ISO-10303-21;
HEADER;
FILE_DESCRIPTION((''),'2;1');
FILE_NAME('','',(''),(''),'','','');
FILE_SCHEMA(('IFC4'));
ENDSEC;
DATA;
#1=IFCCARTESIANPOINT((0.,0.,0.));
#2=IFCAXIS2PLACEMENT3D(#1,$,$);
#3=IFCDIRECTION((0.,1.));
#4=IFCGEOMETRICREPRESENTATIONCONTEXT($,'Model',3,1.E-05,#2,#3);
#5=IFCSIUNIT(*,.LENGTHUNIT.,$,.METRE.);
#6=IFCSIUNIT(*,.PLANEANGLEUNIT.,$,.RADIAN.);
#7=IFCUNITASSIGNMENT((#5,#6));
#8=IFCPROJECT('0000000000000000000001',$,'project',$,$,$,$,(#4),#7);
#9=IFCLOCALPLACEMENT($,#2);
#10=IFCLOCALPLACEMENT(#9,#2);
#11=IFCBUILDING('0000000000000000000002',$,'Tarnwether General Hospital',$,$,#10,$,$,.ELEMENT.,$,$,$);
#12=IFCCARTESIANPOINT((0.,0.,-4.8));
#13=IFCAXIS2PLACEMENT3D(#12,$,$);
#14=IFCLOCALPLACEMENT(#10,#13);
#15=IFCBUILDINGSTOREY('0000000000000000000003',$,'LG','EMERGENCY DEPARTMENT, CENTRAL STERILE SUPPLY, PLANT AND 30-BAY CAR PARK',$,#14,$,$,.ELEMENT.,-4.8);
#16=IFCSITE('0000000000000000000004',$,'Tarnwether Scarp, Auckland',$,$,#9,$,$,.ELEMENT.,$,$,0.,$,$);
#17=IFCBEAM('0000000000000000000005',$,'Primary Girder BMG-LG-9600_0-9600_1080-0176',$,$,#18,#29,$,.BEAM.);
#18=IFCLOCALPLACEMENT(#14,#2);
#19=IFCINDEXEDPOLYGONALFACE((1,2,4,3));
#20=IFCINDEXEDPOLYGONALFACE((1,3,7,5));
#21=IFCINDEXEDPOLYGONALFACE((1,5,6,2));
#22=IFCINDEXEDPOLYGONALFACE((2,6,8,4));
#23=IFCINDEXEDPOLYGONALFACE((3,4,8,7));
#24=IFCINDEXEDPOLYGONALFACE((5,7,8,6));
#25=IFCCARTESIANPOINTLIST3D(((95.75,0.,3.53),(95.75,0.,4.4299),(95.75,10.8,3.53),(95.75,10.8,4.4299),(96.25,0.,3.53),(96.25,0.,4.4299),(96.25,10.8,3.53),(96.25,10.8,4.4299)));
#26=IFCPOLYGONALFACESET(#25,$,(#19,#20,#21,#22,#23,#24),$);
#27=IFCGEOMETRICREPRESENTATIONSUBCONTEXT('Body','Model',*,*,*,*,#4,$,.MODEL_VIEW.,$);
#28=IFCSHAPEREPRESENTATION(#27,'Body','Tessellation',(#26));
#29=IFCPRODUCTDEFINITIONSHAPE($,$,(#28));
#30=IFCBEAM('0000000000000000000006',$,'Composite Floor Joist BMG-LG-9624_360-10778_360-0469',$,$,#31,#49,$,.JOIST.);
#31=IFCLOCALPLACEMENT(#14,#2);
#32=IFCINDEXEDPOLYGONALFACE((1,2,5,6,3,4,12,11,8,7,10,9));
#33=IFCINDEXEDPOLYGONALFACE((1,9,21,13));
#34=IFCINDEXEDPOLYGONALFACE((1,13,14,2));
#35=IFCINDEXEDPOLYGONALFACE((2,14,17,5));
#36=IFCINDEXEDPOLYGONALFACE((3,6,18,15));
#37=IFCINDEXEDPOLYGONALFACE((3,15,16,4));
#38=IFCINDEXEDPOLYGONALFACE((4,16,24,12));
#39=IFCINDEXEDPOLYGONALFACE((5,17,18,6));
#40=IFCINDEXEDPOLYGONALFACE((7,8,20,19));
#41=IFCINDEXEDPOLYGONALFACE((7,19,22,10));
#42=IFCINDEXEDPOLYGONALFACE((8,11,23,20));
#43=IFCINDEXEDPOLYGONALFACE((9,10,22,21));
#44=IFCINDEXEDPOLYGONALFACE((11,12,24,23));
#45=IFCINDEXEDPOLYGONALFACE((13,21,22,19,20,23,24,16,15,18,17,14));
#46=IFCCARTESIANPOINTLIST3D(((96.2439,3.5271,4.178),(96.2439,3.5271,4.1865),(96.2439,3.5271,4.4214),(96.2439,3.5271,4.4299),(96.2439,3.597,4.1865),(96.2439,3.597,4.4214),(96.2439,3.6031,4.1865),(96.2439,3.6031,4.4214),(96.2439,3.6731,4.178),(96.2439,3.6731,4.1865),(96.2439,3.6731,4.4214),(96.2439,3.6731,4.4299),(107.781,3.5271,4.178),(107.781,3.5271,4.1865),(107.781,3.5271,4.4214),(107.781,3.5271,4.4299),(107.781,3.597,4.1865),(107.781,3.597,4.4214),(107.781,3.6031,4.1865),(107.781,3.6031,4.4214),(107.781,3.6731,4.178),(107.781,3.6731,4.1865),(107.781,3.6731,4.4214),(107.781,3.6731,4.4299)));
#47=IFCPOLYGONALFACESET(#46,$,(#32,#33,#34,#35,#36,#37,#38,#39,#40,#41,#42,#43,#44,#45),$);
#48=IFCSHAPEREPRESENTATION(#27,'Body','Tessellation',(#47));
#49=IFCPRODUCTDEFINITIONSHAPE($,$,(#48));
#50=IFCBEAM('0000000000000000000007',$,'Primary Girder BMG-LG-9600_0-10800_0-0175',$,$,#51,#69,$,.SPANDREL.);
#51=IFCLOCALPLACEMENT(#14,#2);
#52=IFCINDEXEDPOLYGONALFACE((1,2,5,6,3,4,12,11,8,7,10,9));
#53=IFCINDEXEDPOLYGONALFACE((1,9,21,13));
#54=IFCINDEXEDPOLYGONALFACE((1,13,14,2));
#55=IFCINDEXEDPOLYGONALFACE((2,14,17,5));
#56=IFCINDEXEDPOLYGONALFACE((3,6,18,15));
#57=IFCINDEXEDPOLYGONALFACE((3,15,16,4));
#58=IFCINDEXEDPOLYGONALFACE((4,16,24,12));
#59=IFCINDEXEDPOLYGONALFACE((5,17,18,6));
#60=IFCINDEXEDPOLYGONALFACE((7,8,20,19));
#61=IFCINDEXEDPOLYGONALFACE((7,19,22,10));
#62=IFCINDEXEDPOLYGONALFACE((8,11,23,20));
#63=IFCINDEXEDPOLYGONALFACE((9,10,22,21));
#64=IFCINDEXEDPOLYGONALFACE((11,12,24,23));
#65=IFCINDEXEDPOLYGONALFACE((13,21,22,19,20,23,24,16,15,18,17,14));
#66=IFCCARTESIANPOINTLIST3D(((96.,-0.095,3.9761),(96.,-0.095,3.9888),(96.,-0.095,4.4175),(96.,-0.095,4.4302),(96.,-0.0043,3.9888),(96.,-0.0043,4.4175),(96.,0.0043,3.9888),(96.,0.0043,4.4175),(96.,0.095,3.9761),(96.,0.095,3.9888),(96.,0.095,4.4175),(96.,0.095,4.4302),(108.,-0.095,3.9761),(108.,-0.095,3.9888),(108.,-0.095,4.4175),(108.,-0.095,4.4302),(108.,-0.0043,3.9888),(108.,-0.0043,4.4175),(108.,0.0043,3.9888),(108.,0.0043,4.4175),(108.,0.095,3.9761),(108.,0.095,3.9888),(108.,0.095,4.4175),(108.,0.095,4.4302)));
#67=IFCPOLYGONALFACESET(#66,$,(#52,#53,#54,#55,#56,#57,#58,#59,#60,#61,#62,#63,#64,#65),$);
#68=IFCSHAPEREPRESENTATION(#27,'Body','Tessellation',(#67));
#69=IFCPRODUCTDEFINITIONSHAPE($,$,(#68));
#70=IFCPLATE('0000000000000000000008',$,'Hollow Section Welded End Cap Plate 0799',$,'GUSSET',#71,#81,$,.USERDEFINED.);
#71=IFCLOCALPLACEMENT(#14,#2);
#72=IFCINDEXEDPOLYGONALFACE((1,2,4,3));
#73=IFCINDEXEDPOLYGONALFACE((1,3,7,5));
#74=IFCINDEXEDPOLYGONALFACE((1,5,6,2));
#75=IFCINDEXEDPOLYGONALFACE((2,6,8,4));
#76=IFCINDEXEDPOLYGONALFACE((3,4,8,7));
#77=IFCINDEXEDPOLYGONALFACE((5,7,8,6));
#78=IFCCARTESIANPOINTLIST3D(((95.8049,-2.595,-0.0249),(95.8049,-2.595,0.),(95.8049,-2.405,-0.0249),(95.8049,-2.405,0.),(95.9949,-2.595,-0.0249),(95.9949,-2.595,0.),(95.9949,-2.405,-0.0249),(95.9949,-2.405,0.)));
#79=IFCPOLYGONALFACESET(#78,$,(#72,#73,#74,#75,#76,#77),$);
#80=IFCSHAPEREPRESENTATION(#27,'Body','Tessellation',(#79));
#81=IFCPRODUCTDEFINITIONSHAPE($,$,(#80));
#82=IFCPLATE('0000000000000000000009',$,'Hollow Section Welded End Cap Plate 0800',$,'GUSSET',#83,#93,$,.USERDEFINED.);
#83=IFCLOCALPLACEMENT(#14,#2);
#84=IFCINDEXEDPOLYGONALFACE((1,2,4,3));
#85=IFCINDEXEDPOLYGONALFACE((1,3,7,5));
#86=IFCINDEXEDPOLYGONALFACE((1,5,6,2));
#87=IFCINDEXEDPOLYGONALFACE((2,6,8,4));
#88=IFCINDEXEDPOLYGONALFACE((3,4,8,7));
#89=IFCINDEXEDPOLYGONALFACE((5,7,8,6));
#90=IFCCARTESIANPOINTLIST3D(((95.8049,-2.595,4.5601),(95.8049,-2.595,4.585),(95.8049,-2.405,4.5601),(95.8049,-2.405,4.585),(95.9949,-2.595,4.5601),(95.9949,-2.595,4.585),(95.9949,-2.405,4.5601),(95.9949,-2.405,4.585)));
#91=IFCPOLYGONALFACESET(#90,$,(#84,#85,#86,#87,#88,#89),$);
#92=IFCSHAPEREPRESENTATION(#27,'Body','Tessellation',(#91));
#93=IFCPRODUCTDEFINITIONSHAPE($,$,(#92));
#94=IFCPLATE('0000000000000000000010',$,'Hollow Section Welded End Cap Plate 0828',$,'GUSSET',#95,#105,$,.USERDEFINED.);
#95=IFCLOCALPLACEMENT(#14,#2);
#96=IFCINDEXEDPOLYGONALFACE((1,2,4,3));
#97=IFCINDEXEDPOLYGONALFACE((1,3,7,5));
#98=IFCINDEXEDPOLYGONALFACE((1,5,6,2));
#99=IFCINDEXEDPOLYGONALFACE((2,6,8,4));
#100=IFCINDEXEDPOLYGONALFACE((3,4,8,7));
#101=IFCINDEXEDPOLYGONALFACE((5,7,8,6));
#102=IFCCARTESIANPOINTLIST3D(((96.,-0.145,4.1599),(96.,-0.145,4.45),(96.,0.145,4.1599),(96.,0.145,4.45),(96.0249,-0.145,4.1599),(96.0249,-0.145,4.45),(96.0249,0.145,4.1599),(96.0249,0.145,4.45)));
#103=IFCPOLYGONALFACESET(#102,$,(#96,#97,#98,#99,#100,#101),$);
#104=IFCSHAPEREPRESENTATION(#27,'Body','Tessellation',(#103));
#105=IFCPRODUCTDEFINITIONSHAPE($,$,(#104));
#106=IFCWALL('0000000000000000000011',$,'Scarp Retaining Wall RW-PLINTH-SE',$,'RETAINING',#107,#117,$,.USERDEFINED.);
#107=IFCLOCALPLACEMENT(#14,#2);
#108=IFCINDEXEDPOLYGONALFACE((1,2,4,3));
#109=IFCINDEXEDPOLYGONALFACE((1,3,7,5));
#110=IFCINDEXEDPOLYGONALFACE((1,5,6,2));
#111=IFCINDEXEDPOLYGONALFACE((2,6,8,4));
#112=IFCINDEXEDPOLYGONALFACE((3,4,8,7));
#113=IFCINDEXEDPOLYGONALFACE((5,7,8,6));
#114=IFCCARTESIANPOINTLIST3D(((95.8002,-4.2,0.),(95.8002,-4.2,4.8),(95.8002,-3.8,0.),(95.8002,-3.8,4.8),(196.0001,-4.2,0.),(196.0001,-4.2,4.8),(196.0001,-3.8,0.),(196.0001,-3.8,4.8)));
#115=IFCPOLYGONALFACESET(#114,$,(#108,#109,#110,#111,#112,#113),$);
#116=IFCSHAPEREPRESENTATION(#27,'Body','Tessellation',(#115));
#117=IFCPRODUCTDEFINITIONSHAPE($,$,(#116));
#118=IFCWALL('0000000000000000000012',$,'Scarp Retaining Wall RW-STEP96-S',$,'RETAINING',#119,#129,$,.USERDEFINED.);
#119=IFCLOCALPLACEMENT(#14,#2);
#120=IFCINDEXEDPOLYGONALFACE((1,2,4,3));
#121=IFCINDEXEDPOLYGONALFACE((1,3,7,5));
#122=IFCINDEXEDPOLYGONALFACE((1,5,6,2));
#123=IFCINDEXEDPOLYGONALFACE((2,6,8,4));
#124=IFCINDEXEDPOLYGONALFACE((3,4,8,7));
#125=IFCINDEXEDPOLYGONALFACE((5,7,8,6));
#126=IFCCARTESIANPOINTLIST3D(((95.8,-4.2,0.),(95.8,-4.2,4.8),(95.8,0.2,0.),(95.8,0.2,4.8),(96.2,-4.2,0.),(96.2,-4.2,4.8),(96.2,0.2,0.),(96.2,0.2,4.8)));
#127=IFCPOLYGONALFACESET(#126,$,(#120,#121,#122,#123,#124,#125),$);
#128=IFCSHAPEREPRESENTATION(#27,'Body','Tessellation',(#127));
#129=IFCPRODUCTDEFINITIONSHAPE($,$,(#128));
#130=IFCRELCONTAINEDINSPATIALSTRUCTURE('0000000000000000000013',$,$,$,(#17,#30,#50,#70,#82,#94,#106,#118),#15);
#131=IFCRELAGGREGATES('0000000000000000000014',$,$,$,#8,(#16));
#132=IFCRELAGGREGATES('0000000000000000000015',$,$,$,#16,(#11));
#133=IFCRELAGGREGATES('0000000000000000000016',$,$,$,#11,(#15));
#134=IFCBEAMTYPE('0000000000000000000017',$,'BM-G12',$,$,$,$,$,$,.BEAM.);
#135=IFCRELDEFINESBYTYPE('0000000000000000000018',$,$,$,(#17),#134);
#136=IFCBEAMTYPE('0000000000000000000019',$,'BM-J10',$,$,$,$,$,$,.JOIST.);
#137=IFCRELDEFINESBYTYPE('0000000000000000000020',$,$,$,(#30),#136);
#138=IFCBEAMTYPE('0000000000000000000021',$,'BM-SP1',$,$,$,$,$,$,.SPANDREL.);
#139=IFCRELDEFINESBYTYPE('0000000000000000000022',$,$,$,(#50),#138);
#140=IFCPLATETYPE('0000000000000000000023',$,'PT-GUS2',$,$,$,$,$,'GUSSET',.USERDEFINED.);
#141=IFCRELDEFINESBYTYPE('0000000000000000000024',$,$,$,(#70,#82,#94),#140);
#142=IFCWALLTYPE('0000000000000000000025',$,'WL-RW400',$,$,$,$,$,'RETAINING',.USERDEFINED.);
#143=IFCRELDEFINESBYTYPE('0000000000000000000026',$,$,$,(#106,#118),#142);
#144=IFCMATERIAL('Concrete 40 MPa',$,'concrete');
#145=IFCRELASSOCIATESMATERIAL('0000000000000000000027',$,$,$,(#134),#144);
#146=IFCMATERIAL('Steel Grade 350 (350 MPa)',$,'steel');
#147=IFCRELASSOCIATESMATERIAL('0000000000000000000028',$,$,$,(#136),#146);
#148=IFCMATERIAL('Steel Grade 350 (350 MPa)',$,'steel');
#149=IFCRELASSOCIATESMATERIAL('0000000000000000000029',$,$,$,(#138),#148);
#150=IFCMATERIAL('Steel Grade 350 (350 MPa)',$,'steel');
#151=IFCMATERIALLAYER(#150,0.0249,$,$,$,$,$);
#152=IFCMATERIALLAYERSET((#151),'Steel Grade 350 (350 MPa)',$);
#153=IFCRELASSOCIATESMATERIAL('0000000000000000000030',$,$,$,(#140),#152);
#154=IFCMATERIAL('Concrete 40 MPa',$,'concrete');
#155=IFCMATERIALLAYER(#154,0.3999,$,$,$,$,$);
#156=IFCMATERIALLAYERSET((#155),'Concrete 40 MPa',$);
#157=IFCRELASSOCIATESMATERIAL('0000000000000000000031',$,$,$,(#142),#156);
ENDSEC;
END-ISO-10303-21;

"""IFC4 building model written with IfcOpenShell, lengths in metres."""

from ifc_helpers import new_model, si_unit, direction, frame, frame_2d, origin, origin_2d, place, context, subcontext, project, spatial, rectangle, i_section, extrude, material, layer, layer_set, material_profile, profile_set, type_object, element, save


model = new_model("IFC4")

# Units and contexts
model_context = context("Model", 3, precision=1e-05, world=origin(), true_north=direction((0.0, 1.0)))
body_context = subcontext(model_context, "Body", "Model", "MODEL_VIEW")
ifc_project = project(units=[si_unit("LENGTHUNIT", "METRE"), si_unit("PLANEANGLEUNIT", "RADIAN")], contexts=[model_context])

# Site, building, storey
site_placement = place(None, origin())
site = spatial("IfcSite", under=ifc_project, at=site_placement, Name="Tarnwether Scarp, Auckland", CompositionType="ELEMENT", RefElevation=0.0)
building_placement = place(site_placement, origin())
building = spatial("IfcBuilding", under=site, at=building_placement, Name="Tarnwether General Hospital", CompositionType="ELEMENT")
storey_placement = place(building_placement, frame((0.0, 0.0, -4.8)))
storey = spatial("IfcBuildingStorey", under=building, at=storey_placement, Name="LG", Description="EMERGENCY DEPARTMENT, CENTRAL STERILE SUPPLY, PLANT AND 30-BAY CAR PARK", CompositionType="ELEMENT", Elevation=-4.8)

# Beams
ifc_material_1 = material(Name="Concrete 40 MPa", Category="concrete")
ifc_material_profile_1 = material_profile(ifc_material_1, rectangle(XDim=0.5, YDim=0.8999, at=origin_2d()), Name="RC-BM-500x900")
ifc_profile_set_1 = profile_set([ifc_material_profile_1], Name="Concrete 40 MPa")
beam_type_1 = type_object("IfcBeamType", Name="BM-G12", PredefinedType="BEAM", material=ifc_profile_set_1)
beam_1_placement = place(storey_placement, frame((96.0, 0.0, 3.98), z_axis=(0.0, 1.0, 0.0), x_axis=(-1.0, 0.0, 0.0)))
element("IfcBeam", 1, at=beam_1_placement, inside=storey, type_object=beam_type_1, Name="Primary Girder BMG-LG-9600_0-9600_1080-0176", PredefinedType="BEAM", context=body_context, shape_type="SweptSolid", body=[
    extrude(rectangle(XDim=0.5, YDim=0.8999, at=origin_2d()), origin(), (0.0, 0.0, 1.0), 10.8),
])
ifc_material_2 = material(Name="Steel Grade 350 (350 MPa)", Category="steel")
ifc_material_profile_2 = material_profile(ifc_material_2, i_section(OverallWidth=0.146, OverallDepth=0.252, WebThickness=0.0061, FlangeThickness=0.0085, at=origin_2d()), Name="250UB31.4")
ifc_profile_set_2 = profile_set([ifc_material_profile_2], Name="Steel Grade 350 (350 MPa)")
beam_type_2 = type_object("IfcBeamType", Name="BM-J10", PredefinedType="JOIST", material=ifc_profile_set_2)
beam_2_placement = place(storey_placement, frame((96.2439, 3.6001, 4.304), z_axis=(1.0, 0.0, 0.0), x_axis=(0.0, 1.0, 0.0)))
element("IfcBeam", 2, at=beam_2_placement, inside=storey, type_object=beam_type_2, Name="Composite Floor Joist BMG-LG-9624_360-10778_360-0469", PredefinedType="JOIST", context=body_context, shape_type="SweptSolid", body=[
    extrude(i_section(OverallWidth=0.146, OverallDepth=0.252, WebThickness=0.0061, FlangeThickness=0.0085, at=origin_2d()), origin(), (0.0, 0.0, 1.0), 11.5371),
])
ifc_material_3 = material(Name="Steel Grade 350 (350 MPa)", Category="steel")
ifc_material_profile_3 = material_profile(ifc_material_3, i_section(OverallWidth=0.1899, OverallDepth=0.4541, WebThickness=0.0085, FlangeThickness=0.0127, at=origin_2d()), Name="460UB67.1")
ifc_profile_set_3 = profile_set([ifc_material_profile_3], Name="Steel Grade 350 (350 MPa)")
beam_type_3 = type_object("IfcBeamType", Name="BM-SP1", PredefinedType="SPANDREL", material=ifc_profile_set_3)
beam_3_placement = place(storey_placement, frame((96.0, 0.0, 4.2031), z_axis=(1.0, 0.0, 0.0), x_axis=(0.0, 1.0, 0.0)))
element("IfcBeam", 3, at=beam_3_placement, inside=storey, type_object=beam_type_3, Name="Primary Girder BMG-LG-9600_0-10800_0-0175", PredefinedType="SPANDREL", context=body_context, shape_type="SweptSolid", body=[
    extrude(i_section(OverallWidth=0.1899, OverallDepth=0.4541, WebThickness=0.0085, FlangeThickness=0.0127, at=origin_2d()), origin(), (0.0, 0.0, 1.0), 12.0),
])

# Plates
ifc_material_4 = material(Name="Steel Grade 350 (350 MPa)", Category="steel")
ifc_layer_1 = layer(ifc_material_4, 0.0249)
ifc_layer_set_1 = layer_set([ifc_layer_1], Name="Steel Grade 350 (350 MPa)")
plate_type = type_object("IfcPlateType", Name="PT-GUS2", ElementType="GUSSET", PredefinedType="USERDEFINED", material=ifc_layer_set_1)
for number, where, z_axis, x_axis, name in (
    (4, (95.8999, -2.5, -0.0249), (0.0, 0.0, 1.0), (1.0, 0.0, 0.0), "Hollow Section Welded End Cap Plate 0799"),
    (5, (95.8999, -2.5, 4.5601), (0.0, 0.0, 1.0), (1.0, 0.0, 0.0), "Hollow Section Welded End Cap Plate 0800"),
):
    element("IfcPlate", number, at=place(storey_placement, frame(where, z_axis=z_axis, x_axis=x_axis)), inside=storey, type_object=plate_type, Name=name, ObjectType="GUSSET", PredefinedType="USERDEFINED", context=body_context, shape_type="SweptSolid", body=[
        extrude(rectangle(XDim=0.1899, YDim=0.1899, at=origin_2d()), origin(), (0.0, 0.0, 1.0), 0.0249),
    ])
plate_placement = place(storey_placement, frame((96.0125, 0.0, 4.1599), z_axis=(0.0, 0.0, 1.0), x_axis=(1.0, 0.0, 0.0)))
element("IfcPlate", 6, at=plate_placement, inside=storey, type_object=plate_type, Name="Hollow Section Welded End Cap Plate 0828", ObjectType="GUSSET", PredefinedType="USERDEFINED", context=body_context, shape_type="SweptSolid", body=[
    extrude(rectangle(XDim=0.0249, YDim=0.29, at=origin_2d()), origin(), (0.0, 0.0, 1.0), 0.29),
])

# Walls
ifc_material_5 = material(Name="Concrete 40 MPa", Category="concrete")
ifc_layer_2 = layer(ifc_material_5, 0.3999)
ifc_layer_set_2 = layer_set([ifc_layer_2], Name="Concrete 40 MPa")
wall_type = type_object("IfcWallType", Name="WL-RW400", ElementType="RETAINING", PredefinedType="USERDEFINED", material=ifc_layer_set_2)
wall_1_placement = place(storey_placement, frame((95.8, -4.0, 0.0), z_axis=(0.0, 0.0, 1.0), x_axis=(1.0, 0.0, 0.0)))
element("IfcWall", 7, at=wall_1_placement, inside=storey, type_object=wall_type, Name="Scarp Retaining Wall RW-PLINTH-SE", ObjectType="RETAINING", PredefinedType="USERDEFINED", context=body_context, shape_type="SweptSolid", body=[
    extrude(rectangle(XDim=100.2, YDim=0.3999, at=frame_2d((50.1001, 0.0))), origin(), (0.0, 0.0, 1.0), 4.8),
])
wall_2_placement = place(storey_placement, frame((96.0, -4.2, 0.0), z_axis=(0.0, 0.0, 1.0), x_axis=(0.0, 1.0, 0.0)))
element("IfcWall", 8, at=wall_2_placement, inside=storey, type_object=wall_type, Name="Scarp Retaining Wall RW-STEP96-S", ObjectType="RETAINING", PredefinedType="USERDEFINED", context=body_context, shape_type="SweptSolid", body=[
    extrude(rectangle(XDim=4.3999, YDim=0.3999, at=frame_2d((2.2, 0.0))), origin(), (0.0, 0.0, 1.0), 4.8),
])

save(model, "model.ifc")
